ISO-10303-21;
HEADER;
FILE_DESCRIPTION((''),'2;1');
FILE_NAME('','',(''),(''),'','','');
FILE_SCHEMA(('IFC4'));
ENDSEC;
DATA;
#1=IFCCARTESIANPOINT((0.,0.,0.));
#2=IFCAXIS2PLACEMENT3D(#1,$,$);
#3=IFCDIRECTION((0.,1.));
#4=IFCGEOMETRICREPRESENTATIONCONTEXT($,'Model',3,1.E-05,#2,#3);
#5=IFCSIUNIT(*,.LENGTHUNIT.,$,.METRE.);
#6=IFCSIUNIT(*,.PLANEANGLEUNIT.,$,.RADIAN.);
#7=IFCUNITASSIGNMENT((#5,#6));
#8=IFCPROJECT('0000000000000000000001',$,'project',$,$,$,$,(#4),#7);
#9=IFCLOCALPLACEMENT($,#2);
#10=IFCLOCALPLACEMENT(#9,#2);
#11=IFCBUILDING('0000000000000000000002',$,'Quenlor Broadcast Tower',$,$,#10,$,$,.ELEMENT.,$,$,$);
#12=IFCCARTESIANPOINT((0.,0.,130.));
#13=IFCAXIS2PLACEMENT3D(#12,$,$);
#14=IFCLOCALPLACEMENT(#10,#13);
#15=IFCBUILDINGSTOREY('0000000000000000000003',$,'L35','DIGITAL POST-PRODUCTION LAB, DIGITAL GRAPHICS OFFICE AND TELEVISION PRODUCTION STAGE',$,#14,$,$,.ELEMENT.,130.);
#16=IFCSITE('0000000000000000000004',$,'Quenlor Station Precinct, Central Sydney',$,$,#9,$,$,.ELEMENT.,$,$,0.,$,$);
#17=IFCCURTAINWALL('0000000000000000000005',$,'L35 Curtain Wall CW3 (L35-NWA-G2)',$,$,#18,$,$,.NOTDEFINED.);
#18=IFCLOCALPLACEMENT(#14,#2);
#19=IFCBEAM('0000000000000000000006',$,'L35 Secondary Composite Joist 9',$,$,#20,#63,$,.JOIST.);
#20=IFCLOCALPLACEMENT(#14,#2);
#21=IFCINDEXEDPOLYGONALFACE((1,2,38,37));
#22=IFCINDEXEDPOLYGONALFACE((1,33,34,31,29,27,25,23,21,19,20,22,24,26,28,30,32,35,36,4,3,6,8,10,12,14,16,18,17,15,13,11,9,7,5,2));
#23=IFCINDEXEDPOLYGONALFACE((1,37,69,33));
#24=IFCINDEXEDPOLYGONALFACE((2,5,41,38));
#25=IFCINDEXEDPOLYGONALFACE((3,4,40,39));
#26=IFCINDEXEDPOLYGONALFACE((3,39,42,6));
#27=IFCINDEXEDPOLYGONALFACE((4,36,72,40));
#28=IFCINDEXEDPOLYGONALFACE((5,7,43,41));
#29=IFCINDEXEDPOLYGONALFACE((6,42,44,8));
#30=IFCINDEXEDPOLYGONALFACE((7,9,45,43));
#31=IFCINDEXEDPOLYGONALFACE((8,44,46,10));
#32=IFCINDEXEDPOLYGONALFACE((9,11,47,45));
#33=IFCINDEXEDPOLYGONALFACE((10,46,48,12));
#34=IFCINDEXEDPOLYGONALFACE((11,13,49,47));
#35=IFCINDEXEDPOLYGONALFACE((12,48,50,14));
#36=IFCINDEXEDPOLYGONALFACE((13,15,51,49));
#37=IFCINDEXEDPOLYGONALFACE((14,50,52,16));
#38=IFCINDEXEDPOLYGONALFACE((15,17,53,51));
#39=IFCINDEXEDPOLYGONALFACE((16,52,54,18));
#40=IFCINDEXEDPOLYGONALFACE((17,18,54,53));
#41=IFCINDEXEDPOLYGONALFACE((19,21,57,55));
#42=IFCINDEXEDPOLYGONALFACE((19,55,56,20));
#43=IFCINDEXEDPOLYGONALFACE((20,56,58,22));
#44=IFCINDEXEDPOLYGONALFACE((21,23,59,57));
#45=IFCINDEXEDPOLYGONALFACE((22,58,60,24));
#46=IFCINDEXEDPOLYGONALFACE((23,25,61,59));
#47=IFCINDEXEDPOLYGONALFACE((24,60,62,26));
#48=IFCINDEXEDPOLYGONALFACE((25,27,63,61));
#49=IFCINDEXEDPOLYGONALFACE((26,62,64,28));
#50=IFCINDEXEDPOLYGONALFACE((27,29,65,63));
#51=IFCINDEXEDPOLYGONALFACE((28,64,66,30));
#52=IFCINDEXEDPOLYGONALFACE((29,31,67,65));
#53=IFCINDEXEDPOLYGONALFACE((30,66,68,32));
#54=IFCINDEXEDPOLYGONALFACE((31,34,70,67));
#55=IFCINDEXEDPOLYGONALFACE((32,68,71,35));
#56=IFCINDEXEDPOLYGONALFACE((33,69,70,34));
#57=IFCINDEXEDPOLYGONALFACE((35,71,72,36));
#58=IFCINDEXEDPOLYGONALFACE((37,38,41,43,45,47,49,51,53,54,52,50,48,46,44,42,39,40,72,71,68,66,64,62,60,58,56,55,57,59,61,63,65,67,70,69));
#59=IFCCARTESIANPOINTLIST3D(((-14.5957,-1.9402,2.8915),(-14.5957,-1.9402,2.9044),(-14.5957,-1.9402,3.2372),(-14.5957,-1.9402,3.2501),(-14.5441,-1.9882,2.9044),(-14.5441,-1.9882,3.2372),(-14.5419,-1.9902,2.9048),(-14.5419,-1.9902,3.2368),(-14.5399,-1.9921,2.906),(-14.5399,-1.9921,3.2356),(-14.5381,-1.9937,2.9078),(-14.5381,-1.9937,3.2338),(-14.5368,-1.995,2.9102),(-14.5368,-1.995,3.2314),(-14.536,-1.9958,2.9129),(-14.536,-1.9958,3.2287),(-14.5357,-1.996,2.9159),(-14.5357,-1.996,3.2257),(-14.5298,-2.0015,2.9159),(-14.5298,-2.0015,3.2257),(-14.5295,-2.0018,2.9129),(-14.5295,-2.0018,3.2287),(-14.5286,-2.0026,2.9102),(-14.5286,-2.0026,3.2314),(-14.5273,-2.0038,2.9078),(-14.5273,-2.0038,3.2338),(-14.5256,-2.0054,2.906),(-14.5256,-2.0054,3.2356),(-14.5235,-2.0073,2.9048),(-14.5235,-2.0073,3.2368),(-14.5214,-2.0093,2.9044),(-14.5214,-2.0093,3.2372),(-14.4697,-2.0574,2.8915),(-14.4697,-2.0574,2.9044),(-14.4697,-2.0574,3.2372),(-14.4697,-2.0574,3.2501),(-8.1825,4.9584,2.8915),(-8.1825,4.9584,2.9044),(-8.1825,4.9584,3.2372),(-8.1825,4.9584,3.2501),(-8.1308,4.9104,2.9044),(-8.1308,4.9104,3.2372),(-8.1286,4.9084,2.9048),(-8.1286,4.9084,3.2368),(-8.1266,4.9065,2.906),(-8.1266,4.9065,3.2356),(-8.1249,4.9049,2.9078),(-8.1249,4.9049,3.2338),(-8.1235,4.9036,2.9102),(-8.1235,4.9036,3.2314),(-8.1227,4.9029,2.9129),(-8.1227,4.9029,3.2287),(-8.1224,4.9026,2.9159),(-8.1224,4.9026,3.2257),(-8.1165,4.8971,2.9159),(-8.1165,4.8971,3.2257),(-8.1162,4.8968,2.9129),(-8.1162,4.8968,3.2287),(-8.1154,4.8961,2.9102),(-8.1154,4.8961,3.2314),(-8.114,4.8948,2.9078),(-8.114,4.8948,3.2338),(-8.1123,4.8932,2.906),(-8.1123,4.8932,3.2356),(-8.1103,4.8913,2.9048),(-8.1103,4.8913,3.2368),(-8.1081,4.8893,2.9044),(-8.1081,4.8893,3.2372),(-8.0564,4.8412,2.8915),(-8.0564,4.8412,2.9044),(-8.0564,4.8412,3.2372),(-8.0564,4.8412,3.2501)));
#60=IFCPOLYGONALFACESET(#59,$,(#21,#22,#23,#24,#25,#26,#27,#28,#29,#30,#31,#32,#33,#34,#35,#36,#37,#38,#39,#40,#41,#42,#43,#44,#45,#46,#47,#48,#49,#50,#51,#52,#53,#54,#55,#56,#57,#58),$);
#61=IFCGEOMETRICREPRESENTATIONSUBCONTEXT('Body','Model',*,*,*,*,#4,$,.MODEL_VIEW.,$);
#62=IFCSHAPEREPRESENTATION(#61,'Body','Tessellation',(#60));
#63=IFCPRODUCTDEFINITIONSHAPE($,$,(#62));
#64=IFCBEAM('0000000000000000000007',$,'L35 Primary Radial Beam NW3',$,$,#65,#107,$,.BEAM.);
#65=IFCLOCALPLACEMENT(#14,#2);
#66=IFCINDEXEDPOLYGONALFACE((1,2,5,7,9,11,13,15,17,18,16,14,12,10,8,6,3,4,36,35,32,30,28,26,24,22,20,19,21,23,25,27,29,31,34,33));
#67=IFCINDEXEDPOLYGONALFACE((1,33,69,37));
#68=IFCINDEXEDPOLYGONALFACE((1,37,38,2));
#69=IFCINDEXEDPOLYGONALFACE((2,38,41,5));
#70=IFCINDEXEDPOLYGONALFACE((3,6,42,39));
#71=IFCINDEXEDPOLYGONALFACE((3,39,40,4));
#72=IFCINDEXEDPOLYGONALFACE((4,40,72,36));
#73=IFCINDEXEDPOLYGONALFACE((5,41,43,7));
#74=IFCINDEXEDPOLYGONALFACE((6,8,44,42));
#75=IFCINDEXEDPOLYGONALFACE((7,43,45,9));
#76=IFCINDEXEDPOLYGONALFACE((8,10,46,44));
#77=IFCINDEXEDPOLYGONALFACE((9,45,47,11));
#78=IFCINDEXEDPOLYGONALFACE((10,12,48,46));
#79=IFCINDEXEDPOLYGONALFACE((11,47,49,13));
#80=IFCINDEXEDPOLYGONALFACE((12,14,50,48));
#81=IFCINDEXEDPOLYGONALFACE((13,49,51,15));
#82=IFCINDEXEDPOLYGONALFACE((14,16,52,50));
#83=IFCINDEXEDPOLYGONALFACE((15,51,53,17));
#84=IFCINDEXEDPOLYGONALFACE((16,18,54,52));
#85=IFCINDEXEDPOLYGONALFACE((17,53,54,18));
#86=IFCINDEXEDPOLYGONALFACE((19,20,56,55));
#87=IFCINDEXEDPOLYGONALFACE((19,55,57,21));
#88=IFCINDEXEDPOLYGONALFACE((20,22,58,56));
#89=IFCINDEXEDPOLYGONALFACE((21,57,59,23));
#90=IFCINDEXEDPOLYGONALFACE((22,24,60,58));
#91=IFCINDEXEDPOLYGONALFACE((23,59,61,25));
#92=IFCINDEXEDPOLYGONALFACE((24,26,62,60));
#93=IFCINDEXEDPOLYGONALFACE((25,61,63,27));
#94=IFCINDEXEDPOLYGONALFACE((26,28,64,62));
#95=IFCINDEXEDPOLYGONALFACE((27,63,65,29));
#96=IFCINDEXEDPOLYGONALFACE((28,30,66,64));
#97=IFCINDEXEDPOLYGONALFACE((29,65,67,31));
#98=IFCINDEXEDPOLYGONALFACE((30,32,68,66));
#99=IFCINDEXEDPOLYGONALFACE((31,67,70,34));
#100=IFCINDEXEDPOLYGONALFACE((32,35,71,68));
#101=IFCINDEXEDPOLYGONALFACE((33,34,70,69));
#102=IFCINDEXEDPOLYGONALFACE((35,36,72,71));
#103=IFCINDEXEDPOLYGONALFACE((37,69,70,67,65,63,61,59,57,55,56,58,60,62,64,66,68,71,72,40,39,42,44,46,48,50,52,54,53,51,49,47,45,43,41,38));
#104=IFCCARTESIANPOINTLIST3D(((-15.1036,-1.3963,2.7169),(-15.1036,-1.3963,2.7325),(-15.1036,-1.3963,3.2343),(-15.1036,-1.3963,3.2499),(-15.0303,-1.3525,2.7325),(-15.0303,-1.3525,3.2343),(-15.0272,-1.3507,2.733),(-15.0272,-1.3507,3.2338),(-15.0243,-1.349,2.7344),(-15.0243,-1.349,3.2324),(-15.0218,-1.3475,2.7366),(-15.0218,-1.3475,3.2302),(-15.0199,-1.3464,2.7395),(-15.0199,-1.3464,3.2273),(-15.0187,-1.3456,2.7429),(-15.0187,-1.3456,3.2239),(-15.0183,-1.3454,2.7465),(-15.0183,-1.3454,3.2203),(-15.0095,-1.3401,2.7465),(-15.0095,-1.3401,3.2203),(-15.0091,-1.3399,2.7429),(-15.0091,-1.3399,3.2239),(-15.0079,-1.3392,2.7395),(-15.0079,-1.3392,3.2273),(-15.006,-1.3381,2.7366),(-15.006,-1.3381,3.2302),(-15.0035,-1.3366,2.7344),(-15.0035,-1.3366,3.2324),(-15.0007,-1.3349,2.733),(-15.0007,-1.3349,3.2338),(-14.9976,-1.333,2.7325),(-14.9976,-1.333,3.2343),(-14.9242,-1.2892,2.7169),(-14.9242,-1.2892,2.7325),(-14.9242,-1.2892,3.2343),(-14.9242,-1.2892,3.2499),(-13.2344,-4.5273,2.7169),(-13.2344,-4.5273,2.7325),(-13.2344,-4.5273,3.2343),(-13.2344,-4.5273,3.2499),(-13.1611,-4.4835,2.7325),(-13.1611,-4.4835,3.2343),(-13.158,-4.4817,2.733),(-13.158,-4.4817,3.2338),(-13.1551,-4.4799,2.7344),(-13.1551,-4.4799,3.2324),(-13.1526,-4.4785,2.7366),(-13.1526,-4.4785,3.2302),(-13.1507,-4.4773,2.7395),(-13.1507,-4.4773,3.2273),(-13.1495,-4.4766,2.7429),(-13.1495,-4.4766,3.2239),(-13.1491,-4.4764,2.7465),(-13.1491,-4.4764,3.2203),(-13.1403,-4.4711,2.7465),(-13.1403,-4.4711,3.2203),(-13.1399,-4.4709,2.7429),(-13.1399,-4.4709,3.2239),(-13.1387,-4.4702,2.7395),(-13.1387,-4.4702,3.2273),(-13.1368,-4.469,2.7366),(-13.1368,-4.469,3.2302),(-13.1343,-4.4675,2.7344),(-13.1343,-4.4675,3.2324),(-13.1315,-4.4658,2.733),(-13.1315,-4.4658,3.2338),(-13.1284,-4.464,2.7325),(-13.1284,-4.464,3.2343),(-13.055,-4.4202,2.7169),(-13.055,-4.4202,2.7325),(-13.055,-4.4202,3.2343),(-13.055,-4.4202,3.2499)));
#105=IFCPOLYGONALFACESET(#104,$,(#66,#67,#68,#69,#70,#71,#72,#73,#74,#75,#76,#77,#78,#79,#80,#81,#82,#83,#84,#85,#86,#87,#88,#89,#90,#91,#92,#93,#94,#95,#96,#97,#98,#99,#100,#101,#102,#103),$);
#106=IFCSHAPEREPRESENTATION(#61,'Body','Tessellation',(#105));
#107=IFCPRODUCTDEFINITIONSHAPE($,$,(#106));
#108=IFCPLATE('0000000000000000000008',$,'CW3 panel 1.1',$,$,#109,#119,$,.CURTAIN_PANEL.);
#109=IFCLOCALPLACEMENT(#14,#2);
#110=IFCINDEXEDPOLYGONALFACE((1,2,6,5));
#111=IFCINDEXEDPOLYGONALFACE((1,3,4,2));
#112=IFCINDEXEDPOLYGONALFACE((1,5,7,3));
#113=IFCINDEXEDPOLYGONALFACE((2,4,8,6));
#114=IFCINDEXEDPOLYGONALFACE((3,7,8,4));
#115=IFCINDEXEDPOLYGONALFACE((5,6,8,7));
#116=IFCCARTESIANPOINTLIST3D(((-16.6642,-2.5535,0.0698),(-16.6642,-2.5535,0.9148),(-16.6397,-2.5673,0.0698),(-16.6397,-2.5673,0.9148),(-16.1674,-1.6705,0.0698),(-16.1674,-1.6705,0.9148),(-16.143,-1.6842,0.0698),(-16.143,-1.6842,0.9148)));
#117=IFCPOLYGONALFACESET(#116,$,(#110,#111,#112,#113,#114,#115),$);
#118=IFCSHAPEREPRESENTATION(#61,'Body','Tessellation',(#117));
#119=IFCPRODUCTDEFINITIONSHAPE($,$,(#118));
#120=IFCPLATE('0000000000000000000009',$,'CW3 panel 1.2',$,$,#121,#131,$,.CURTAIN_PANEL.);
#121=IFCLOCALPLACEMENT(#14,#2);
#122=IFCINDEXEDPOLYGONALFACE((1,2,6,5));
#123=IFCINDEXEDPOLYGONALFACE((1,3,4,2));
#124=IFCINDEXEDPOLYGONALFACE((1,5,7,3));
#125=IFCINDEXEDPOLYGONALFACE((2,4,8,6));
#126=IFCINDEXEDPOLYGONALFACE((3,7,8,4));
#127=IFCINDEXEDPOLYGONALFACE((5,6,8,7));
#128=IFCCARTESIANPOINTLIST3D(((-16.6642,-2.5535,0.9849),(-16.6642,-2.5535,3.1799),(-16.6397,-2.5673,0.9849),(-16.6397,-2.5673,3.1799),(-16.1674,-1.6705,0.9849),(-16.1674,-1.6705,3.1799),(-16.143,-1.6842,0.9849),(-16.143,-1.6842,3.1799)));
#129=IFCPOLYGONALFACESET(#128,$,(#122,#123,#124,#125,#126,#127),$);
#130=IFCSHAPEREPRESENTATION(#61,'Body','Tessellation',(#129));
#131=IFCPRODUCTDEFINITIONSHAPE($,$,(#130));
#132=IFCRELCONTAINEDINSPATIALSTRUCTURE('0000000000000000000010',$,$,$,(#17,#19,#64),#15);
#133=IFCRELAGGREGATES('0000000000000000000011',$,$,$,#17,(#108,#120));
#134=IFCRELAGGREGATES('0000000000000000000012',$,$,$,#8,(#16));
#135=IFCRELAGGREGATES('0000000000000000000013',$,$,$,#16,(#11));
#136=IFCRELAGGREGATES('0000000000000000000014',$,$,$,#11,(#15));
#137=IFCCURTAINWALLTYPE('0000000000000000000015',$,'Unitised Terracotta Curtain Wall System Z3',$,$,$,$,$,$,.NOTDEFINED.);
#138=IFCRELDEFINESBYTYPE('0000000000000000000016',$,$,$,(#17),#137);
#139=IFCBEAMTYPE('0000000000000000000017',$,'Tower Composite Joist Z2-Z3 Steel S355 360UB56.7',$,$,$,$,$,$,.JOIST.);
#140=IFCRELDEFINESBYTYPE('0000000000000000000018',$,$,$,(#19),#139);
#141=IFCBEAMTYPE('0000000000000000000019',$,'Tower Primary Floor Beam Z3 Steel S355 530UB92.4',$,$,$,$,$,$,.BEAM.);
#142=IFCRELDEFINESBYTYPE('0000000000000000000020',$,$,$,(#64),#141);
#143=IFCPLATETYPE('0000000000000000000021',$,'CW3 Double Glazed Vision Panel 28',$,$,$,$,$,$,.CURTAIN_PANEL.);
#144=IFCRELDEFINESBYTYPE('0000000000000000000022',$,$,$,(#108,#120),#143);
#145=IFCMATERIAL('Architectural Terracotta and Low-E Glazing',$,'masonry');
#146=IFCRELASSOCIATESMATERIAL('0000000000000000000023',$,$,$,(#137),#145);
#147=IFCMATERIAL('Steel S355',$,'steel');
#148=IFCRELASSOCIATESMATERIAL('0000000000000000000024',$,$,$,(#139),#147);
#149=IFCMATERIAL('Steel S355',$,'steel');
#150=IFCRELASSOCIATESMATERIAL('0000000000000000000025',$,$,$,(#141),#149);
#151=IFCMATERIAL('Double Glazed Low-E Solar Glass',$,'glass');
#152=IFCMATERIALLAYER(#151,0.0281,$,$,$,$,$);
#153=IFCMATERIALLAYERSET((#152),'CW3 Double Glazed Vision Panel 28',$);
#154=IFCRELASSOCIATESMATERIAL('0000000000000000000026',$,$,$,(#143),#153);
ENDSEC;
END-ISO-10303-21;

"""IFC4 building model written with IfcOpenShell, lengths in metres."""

from ifc_helpers import new_model, si_unit, direction, frame, origin, origin_2d, place, context, subcontext, project, spatial, rectangle, i_section, extrude, material, layer, layer_set, material_profile, profile_set, type_object, element, aggregate, save


model = new_model("IFC4")

# Units and contexts
model_context = context("Model", 3, precision=1e-05, world=origin(), true_north=direction((0.0, 1.0)))
body_context = subcontext(model_context, "Body", "Model", "MODEL_VIEW")
ifc_project = project(units=[si_unit("LENGTHUNIT", "METRE"), si_unit("PLANEANGLEUNIT", "RADIAN")], contexts=[model_context])

# Site, building, storey
site_placement = place(None, origin())
site = spatial("IfcSite", under=ifc_project, at=site_placement, Name="Quenlor Station Precinct, Central Sydney", CompositionType="ELEMENT", RefElevation=0.0)
building_placement = place(site_placement, origin())
building = spatial("IfcBuilding", under=site, at=building_placement, Name="Quenlor Broadcast Tower", CompositionType="ELEMENT")
storey_placement = place(building_placement, frame((0.0, 0.0, 130.0)))
storey = spatial("IfcBuildingStorey", under=building, at=storey_placement, Name="L35", Description="DIGITAL POST-PRODUCTION LAB, DIGITAL GRAPHICS OFFICE AND TELEVISION PRODUCTION STAGE", CompositionType="ELEMENT", Elevation=130.0)

# Curtain wall
ifc_material_1 = material(Name="Architectural Terracotta and Low-E Glazing", Category="masonry")
curtain_wall_type = type_object("IfcCurtainWallType", Name="Unitised Terracotta Curtain Wall System Z3", PredefinedType="NOTDEFINED", material=ifc_material_1)
curtain_wall_placement = place(storey_placement, origin())
curtain_wall = element("IfcCurtainWall", 1, at=curtain_wall_placement, inside=storey, type_object=curtain_wall_type, Name="L35 Curtain Wall CW3 (L35-NWA-G2)", PredefinedType="NOTDEFINED")

# Beams
ifc_material_2 = material(Name="Steel S355", Category="steel")
ifc_material_profile_1 = material_profile(ifc_material_2, i_section(OverallWidth=0.1721, OverallDepth=0.3586, WebThickness=0.0081, FlangeThickness=0.0129, FilletRadius=0.0115, at=origin_2d()))
ifc_profile_set_1 = profile_set([ifc_material_profile_1], Name="Steel S355 360UB56.7")
beam_type_1 = type_object("IfcBeamType", Name="Tower Composite Joist Z2-Z3 Steel S355 360UB56.7", PredefinedType="JOIST", material=ifc_profile_set_1)
beam_1_placement = place(storey_placement, frame((-14.5327, -1.9988, 3.0708), z_axis=(0.680874, 0.732401, 0.0), x_axis=(-0.732401, 0.680874, 0.0)))
element("IfcBeam", 2, at=beam_1_placement, inside=storey, type_object=beam_type_1, Name="L35 Secondary Composite Joist 9", PredefinedType="JOIST", context=body_context, shape_type="SweptSolid", body=[
    extrude(i_section(OverallWidth=0.1721, OverallDepth=0.3586, WebThickness=0.0081, FlangeThickness=0.0129, FilletRadius=0.0115, at=origin_2d()), origin(), (0.0, 0.0, 1.0), 9.4192),
])
ifc_material_3 = material(Name="Steel S355", Category="steel")
ifc_material_profile_2 = material_profile(ifc_material_3, i_section(OverallWidth=0.209, OverallDepth=0.533, WebThickness=0.0103, FlangeThickness=0.0156, FilletRadius=0.0139, at=origin_2d()))
ifc_profile_set_2 = profile_set([ifc_material_profile_2], Name="Steel S355 530UB92.4")
beam_type_2 = type_object("IfcBeamType", Name="Tower Primary Floor Beam Z3 Steel S355 530UB92.4", PredefinedType="BEAM", material=ifc_profile_set_2)
beam_2_placement = place(storey_placement, frame((-15.0139, -1.3428, 2.9834), z_axis=(0.512604, -0.858625, 0.0), x_axis=(0.858625, 0.512604, 0.0)))
element("IfcBeam", 3, at=beam_2_placement, inside=storey, type_object=beam_type_2, Name="L35 Primary Radial Beam NW3", PredefinedType="BEAM", context=body_context, shape_type="SweptSolid", body=[
    extrude(i_section(OverallWidth=0.209, OverallDepth=0.533, WebThickness=0.0103, FlangeThickness=0.0156, FilletRadius=0.0139, at=origin_2d()), origin(), (0.0, 0.0, 1.0), 3.6465),
])

# Plates
ifc_material_4 = material(Name="Double Glazed Low-E Solar Glass", Category="glass")
ifc_layer_1 = layer(ifc_material_4, 0.0281)
ifc_layer_set_1 = layer_set([ifc_layer_1], Name="CW3 Double Glazed Vision Panel 28")
plate_type_1 = type_object("IfcPlateType", Name="CW3 Double Glazed Vision Panel 28", PredefinedType="CURTAIN_PANEL", material=ifc_layer_set_1)
plate_1_placement = place(storey_placement, frame((-16.4036, -2.1189, 0.0698), z_axis=(0.0, 0.0, 1.0), x_axis=(0.490253, 0.87158, 0.0)))
plate_1 = element("IfcPlate", 4, at=plate_1_placement, type_object=plate_type_1, Name="CW3 panel 1.1", PredefinedType="CURTAIN_PANEL", context=body_context, shape_type="SweptSolid", body=[
    extrude(rectangle(XDim=1.0132, YDim=0.0281, at=origin_2d()), origin(), (0.0, 0.0, 1.0), 0.845),
])
plate_2_placement = place(storey_placement, frame((-16.4036, -2.1189, 0.9849), z_axis=(0.0, 0.0, 1.0), x_axis=(0.490253, 0.87158, 0.0)))
plate_2 = element("IfcPlate", 5, at=plate_2_placement, type_object=plate_type_1, Name="CW3 panel 1.2", PredefinedType="CURTAIN_PANEL", context=body_context, shape_type="SweptSolid", body=[
    extrude(rectangle(XDim=1.0132, YDim=0.0281, at=origin_2d()), origin(), (0.0, 0.0, 1.0), 2.1951),
])
aggregate(curtain_wall, [plate_1, plate_2])

save(model, "model.ifc")
